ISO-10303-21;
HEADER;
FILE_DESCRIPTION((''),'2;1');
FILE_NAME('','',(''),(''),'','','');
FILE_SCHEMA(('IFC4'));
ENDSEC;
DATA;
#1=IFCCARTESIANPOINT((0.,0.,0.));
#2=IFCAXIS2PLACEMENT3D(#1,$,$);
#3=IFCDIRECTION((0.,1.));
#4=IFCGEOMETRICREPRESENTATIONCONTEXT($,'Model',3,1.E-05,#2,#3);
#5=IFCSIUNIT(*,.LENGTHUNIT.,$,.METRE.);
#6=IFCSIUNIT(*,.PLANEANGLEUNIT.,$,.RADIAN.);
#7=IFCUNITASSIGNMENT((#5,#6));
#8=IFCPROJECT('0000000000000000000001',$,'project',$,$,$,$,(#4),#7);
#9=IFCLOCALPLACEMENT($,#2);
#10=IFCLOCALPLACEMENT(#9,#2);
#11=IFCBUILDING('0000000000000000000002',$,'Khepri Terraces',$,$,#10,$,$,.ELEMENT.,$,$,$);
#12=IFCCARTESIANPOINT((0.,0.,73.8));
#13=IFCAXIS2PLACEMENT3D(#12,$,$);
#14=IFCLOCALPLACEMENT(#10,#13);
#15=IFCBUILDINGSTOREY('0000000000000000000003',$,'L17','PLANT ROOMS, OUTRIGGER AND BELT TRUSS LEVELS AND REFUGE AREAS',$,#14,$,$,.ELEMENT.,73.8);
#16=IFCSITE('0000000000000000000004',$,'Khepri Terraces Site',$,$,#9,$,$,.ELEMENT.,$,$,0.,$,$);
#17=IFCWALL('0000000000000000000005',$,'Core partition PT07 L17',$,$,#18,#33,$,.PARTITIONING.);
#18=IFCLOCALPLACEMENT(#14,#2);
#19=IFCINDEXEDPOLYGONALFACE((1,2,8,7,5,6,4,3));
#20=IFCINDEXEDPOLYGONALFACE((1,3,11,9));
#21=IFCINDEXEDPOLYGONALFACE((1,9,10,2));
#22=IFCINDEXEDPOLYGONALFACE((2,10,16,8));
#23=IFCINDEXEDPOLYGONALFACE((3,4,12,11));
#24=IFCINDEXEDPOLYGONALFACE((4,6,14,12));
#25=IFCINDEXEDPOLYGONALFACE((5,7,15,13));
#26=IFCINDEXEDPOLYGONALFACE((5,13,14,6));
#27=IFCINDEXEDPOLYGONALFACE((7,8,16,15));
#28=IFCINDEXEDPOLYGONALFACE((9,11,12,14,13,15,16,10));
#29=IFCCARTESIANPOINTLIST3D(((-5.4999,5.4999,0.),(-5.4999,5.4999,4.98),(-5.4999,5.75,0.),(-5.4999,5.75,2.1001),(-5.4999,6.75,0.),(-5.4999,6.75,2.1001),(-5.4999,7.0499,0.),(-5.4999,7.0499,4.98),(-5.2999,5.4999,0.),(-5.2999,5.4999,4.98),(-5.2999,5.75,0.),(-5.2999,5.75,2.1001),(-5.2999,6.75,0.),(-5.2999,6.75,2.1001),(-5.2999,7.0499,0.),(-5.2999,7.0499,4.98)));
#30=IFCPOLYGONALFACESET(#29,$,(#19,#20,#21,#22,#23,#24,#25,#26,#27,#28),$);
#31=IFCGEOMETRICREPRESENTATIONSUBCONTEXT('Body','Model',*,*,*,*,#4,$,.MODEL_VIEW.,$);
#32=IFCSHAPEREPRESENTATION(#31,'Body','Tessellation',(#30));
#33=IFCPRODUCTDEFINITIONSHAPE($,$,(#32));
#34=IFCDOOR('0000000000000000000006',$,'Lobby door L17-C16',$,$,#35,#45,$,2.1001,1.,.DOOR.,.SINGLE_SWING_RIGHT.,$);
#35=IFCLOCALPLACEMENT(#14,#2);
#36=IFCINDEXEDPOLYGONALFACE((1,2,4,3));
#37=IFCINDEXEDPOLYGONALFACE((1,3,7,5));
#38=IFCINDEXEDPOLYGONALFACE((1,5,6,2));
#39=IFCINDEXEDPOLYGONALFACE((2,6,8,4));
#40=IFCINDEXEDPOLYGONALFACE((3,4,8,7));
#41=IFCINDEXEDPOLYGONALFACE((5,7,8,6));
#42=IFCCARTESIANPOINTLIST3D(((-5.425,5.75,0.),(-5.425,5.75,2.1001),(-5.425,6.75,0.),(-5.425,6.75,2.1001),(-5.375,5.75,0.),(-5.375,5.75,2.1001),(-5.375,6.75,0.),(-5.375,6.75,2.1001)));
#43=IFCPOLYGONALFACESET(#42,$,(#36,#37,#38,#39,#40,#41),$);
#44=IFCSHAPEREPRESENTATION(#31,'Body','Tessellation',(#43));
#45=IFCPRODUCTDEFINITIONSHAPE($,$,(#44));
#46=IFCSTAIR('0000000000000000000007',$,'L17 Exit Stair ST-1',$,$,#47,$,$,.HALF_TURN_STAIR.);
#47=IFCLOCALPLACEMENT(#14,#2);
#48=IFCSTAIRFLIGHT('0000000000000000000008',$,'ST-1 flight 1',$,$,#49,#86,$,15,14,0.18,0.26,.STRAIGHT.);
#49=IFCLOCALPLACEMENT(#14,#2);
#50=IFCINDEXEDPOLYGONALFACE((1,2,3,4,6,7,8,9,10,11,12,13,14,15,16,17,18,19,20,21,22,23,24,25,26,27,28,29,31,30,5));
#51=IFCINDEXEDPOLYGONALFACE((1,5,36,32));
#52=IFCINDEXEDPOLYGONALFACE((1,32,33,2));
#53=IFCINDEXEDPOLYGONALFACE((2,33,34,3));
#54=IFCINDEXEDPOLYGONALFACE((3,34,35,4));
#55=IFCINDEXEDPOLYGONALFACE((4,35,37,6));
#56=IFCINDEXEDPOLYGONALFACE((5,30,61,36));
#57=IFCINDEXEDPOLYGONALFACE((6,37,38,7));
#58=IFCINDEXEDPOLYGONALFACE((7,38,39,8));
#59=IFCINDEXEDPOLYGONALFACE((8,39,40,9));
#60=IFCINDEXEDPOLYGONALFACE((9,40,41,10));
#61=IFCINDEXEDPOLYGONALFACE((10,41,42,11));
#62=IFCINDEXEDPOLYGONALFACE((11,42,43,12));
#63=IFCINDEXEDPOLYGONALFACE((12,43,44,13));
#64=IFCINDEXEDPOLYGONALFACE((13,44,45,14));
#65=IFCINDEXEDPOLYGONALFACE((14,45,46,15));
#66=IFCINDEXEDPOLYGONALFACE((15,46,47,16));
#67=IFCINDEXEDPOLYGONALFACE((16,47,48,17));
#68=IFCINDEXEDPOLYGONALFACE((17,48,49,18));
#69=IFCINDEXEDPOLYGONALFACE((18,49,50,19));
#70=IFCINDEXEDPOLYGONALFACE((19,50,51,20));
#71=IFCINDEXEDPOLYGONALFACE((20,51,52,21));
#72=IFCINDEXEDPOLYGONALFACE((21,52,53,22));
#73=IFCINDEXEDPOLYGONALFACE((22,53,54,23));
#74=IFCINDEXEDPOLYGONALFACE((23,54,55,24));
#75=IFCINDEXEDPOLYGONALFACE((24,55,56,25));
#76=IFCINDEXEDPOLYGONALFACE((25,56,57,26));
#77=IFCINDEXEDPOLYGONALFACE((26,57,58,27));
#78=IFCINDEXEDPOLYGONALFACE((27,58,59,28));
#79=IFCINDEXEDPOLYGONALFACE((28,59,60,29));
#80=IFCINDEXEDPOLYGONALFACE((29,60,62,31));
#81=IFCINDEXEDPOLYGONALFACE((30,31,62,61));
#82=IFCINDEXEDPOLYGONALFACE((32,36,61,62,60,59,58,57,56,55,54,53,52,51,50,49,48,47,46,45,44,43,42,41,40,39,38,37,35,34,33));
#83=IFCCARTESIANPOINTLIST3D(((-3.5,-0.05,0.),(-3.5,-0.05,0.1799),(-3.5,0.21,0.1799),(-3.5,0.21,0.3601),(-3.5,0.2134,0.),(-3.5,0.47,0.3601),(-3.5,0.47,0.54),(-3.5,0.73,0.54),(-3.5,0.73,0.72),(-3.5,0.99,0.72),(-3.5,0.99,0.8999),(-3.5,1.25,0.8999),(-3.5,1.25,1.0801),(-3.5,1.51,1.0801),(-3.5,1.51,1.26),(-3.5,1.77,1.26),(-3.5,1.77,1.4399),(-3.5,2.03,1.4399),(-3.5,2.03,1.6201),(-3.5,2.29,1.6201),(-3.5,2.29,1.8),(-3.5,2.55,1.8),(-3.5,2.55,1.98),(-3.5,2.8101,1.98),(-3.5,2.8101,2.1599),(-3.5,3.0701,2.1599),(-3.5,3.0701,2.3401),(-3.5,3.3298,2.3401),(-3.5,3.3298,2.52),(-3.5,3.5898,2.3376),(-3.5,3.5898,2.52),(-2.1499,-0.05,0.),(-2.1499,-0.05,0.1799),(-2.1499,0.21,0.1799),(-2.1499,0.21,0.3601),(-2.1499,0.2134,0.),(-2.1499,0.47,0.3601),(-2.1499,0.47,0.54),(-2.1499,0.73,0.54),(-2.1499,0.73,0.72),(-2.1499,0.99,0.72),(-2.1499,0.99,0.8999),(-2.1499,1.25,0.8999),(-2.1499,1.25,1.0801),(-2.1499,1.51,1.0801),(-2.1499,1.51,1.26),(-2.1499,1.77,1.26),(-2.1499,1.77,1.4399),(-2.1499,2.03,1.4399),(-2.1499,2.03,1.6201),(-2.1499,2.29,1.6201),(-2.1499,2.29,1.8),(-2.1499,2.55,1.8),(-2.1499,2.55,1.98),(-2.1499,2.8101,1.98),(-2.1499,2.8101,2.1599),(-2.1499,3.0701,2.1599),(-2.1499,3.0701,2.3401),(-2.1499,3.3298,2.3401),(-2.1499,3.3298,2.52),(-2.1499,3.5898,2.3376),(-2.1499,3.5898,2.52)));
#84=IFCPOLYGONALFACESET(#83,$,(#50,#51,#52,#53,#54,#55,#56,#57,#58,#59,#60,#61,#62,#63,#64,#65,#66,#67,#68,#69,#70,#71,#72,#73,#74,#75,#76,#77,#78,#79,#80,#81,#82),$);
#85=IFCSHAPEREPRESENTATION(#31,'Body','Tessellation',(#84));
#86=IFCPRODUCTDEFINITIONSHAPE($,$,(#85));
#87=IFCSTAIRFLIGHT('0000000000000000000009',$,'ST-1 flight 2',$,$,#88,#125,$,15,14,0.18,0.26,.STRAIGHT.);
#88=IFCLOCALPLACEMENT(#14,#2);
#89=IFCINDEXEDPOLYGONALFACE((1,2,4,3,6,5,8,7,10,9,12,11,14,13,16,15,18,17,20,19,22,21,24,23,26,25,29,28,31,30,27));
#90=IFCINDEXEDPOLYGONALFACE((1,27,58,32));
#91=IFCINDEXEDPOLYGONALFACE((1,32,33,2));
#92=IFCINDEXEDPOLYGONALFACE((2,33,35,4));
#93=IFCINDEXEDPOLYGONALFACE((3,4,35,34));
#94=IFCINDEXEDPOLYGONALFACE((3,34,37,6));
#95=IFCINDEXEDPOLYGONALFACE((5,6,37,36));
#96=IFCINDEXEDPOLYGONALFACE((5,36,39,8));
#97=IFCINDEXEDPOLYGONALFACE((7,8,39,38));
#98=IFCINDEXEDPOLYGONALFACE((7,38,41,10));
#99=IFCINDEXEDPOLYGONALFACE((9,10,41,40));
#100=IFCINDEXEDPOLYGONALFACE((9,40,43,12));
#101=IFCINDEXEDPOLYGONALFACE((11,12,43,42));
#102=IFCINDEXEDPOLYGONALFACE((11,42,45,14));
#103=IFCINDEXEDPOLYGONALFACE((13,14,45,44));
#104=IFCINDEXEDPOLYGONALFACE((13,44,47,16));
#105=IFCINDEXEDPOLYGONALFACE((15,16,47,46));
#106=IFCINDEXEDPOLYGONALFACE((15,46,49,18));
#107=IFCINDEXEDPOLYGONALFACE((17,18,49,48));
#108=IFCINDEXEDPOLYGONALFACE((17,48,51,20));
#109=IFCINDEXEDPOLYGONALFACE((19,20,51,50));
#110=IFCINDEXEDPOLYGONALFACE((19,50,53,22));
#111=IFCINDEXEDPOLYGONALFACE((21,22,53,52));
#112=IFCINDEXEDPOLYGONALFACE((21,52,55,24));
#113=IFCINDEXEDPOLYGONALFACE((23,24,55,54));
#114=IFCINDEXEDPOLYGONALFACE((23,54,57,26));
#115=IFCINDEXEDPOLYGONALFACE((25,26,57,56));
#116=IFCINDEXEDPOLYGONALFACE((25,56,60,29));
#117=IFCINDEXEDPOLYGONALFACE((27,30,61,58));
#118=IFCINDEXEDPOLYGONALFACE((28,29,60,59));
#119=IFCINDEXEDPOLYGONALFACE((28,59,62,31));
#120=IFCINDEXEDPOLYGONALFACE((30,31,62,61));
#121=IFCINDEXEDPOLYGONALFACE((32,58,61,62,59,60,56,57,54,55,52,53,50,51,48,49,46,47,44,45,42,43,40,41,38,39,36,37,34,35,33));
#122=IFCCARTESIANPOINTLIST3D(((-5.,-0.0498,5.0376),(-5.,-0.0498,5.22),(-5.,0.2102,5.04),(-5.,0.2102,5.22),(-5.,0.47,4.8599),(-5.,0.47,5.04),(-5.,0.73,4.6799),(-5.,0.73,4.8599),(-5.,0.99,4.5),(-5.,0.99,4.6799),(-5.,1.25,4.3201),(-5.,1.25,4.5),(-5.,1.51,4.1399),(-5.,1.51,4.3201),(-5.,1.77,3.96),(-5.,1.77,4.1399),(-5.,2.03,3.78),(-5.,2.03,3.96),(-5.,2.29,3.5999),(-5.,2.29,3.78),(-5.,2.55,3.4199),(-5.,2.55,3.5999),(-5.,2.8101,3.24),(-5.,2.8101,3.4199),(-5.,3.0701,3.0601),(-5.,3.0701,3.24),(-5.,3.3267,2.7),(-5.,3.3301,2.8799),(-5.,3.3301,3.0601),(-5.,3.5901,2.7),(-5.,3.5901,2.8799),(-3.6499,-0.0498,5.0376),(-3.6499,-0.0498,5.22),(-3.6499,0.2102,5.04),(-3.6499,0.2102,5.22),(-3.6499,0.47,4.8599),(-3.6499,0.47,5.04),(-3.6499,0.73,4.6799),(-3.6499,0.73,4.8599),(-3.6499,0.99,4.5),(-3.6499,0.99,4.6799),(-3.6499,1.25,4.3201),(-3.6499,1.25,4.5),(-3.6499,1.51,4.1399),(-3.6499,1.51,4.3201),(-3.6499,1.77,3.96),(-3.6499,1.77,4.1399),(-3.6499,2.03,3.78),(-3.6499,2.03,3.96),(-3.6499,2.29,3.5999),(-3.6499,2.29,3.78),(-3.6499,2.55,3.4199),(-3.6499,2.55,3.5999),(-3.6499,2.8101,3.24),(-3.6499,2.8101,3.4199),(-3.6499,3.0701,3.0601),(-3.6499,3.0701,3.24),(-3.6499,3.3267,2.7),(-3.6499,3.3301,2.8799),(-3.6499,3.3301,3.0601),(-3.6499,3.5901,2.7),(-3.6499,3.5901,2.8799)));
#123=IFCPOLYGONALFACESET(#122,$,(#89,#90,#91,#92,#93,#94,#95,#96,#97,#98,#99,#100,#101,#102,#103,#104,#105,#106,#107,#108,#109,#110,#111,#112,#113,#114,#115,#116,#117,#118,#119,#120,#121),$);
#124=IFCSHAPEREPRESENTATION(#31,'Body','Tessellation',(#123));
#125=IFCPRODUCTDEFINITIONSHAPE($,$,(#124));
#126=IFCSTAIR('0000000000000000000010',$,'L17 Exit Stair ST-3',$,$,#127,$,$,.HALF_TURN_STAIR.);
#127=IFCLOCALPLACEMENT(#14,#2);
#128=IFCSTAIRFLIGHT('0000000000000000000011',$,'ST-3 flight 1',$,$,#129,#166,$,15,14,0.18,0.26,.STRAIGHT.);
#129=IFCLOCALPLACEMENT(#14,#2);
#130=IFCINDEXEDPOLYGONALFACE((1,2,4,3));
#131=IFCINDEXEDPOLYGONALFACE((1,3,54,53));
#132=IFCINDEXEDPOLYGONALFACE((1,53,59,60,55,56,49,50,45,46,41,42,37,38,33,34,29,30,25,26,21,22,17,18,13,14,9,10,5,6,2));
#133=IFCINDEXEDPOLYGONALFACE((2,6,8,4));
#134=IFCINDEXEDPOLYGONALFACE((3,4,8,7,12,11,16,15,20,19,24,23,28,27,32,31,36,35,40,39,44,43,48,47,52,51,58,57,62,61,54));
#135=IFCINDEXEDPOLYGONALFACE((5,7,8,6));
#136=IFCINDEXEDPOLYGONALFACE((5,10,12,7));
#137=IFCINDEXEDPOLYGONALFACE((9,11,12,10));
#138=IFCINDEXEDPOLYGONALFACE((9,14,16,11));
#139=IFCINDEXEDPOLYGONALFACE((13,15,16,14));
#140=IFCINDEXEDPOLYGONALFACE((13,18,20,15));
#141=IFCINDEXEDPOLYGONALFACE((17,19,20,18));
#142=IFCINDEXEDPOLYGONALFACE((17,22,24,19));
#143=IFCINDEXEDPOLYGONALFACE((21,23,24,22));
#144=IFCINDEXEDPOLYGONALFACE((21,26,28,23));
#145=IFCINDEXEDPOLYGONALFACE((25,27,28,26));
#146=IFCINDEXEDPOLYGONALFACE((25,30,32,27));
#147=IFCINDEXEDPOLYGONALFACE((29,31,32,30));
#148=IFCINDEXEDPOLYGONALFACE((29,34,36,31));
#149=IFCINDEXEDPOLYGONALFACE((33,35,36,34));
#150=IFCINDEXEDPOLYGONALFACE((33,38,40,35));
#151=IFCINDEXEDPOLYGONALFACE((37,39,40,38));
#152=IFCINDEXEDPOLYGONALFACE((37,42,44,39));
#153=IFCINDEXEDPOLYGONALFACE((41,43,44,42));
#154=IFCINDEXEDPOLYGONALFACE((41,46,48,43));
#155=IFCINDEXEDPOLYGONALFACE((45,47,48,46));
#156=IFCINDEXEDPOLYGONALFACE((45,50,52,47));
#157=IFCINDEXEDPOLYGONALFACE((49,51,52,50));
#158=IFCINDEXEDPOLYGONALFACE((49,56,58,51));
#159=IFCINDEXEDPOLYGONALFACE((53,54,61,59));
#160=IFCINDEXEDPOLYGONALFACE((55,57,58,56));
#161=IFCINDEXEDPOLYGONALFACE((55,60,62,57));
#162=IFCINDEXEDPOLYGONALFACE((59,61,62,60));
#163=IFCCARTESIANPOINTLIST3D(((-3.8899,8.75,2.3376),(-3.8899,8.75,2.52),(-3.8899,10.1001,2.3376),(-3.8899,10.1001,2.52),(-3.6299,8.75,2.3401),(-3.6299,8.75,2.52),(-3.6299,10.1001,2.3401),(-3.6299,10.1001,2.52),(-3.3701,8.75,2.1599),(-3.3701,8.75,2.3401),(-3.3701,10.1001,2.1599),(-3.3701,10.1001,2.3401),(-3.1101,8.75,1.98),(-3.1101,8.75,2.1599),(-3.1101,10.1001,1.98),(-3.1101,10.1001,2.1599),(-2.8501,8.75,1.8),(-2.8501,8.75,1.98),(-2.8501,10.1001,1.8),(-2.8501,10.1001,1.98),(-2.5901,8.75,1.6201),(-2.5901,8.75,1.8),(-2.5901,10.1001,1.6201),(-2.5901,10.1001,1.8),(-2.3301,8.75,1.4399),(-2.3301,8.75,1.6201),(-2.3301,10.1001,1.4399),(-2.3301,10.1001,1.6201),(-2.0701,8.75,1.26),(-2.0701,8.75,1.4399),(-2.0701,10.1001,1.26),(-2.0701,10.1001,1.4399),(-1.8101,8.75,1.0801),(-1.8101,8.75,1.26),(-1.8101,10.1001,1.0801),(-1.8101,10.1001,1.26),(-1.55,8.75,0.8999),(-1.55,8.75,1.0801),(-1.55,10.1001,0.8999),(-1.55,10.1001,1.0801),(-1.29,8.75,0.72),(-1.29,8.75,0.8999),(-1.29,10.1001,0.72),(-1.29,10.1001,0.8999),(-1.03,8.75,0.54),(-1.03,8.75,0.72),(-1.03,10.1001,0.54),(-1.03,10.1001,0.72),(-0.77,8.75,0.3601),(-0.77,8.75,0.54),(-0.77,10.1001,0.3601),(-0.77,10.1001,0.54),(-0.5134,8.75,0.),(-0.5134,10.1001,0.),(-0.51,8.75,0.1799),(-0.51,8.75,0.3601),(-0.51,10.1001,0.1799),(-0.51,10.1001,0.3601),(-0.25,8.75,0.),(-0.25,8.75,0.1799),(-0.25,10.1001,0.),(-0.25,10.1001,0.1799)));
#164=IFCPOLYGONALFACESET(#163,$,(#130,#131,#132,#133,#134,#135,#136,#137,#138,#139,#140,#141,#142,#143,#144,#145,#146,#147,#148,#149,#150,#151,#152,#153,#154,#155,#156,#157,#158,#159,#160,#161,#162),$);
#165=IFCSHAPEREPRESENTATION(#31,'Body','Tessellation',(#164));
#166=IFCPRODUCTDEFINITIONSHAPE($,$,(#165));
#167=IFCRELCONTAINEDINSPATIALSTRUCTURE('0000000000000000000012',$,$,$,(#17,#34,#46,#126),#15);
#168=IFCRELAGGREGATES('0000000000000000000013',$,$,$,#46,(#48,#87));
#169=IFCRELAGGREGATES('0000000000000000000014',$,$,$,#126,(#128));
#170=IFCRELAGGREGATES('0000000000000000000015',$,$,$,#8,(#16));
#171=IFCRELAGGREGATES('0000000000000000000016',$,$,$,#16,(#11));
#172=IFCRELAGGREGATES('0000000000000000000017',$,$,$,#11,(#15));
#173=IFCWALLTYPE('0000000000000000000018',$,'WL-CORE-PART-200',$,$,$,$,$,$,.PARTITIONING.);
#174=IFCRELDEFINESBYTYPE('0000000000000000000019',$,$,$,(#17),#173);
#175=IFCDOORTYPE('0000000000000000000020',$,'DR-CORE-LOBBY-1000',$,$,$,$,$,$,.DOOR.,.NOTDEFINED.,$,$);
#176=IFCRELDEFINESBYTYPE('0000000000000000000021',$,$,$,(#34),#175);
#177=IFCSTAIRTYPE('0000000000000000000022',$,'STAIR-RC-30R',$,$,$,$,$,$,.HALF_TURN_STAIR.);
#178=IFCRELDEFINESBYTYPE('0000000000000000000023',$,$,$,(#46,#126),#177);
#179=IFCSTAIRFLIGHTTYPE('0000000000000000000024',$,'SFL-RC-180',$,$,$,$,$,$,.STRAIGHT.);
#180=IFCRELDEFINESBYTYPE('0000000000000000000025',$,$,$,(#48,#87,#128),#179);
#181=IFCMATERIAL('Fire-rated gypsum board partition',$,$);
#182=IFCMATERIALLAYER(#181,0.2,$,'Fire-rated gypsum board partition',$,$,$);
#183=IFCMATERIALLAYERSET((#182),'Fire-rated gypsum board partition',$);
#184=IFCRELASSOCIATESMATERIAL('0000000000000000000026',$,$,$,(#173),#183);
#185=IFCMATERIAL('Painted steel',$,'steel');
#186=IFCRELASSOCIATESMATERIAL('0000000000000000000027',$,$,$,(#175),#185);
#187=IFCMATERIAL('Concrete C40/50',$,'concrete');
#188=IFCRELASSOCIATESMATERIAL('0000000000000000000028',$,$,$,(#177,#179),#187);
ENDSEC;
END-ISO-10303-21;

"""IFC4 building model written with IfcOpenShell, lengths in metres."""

from ifc_helpers import new_model, si_unit, direction, frame, frame_2d, origin, place, context, subcontext, project, spatial, polyline, rectangle, outline, extrude, material, layer, layer_set, type_object, element, fill, aggregate, save


model = new_model("IFC4")

# Units and contexts
model_context = context("Model", 3, precision=1e-05, world=origin(), true_north=direction((0.0, 1.0)))
body_context = subcontext(model_context, "Body", "Model", "MODEL_VIEW")
ifc_project = project(units=[si_unit("LENGTHUNIT", "METRE"), si_unit("PLANEANGLEUNIT", "RADIAN")], contexts=[model_context])

# Site, building, storey
site_placement = place(None, origin())
site = spatial("IfcSite", under=ifc_project, at=site_placement, Name="Khepri Terraces Site", CompositionType="ELEMENT", RefElevation=0.0)
building_placement = place(site_placement, origin())
building = spatial("IfcBuilding", under=site, at=building_placement, Name="Khepri Terraces", CompositionType="ELEMENT")
storey_placement = place(building_placement, frame((0.0, 0.0, 73.8)))
storey = spatial("IfcBuildingStorey", under=building, at=storey_placement, Name="L17", Description="PLANT ROOMS, OUTRIGGER AND BELT TRUSS LEVELS AND REFUGE AREAS", CompositionType="ELEMENT", Elevation=73.8)

# Shared definitions
ifc_material_1 = material(Name="Painted steel", Category="steel")

# Wall, opening, door
ifc_material_2 = material(Name="Fire-rated gypsum board partition")
ifc_layer_1 = layer(ifc_material_2, 0.2, Name="Fire-rated gypsum board partition")
ifc_layer_set_1 = layer_set([ifc_layer_1], Name="Fire-rated gypsum board partition")
wall_type_1 = type_object("IfcWallType", Name="WL-CORE-PART-200", PredefinedType="PARTITIONING", material=ifc_layer_set_1)
wall_1_placement = place(storey_placement, frame((-5.3999, 5.5, 0.0), z_axis=(0.0, 0.0, 1.0), x_axis=(0.0, 1.0, 0.0)))
wall_1 = element("IfcWall", 1, at=wall_1_placement, inside=storey, type_object=wall_type_1, Name="Core partition PT07 L17", PredefinedType="PARTITIONING", context=body_context, shape_type="SweptSolid", body=[
    extrude(rectangle(XDim=1.55, YDim=0.2, at=frame_2d((0.7749, 0.0))), origin(), (0.0, 0.0, 1.0), 4.98),
])
opening_1_placement = place(wall_1_placement, frame((0.25, 0.0, 0.0)))
opening_1 = element("IfcOpeningElement", 2, at=opening_1_placement, cuts=wall_1, PredefinedType="OPENING", context=body_context, shape_type="SweptSolid", body=[
    extrude(rectangle(XDim=1.0, YDim=2.1001, at=frame_2d((0.5, 1.05))), frame((0.0, 0.1099, 0.0), z_axis=(0.0, -1.0, 0.0), x_axis=(1.0, 0.0, 0.0)), (0.0, 0.0, 1.0), 0.22),
])
door_type_1 = type_object("IfcDoorType", Name="DR-CORE-LOBBY-1000", OperationType="NOTDEFINED", PredefinedType="DOOR", material=ifc_material_1)
door_1_placement = place(opening_1_placement, frame((1.0, 0.0, 0.0), z_axis=(0.0, 0.0, 1.0), x_axis=(-1.0, 0.0, 0.0)))
door_1 = element("IfcDoor", 3, at=door_1_placement, inside=storey, type_object=door_type_1, Name="Lobby door L17-C16", OperationType="SINGLE_SWING_RIGHT", OverallHeight=2.1001, OverallWidth=1.0, PredefinedType="DOOR", context=body_context, shape_type="SweptSolid", body=[
    extrude(rectangle(XDim=1.0, YDim=2.1001, at=frame_2d((0.5, 1.05))), frame((0.0, 0.0249, 0.0), z_axis=(0.0, -1.0, 0.0), x_axis=(1.0, 0.0, 0.0)), (0.0, 0.0, 1.0), 0.05),
])
fill(opening_1, door_1)

# Stairs, stair flights
ifc_material_3 = material(Name="Concrete C40/50", Category="concrete")
stair_type = type_object("IfcStairType", Name="STAIR-RC-30R", PredefinedType="HALF_TURN_STAIR", material=ifc_material_3)
stair_1_placement = place(storey_placement, origin())
stair_1 = element("IfcStair", 4, at=stair_1_placement, inside=storey, type_object=stair_type, Name="L17 Exit Stair ST-1", PredefinedType="HALF_TURN_STAIR")
stair_flight_type = type_object("IfcStairFlightType", Name="SFL-RC-180", PredefinedType="STRAIGHT", material=ifc_material_3)
stair_flight_1_placement = place(storey_placement, frame((-2.825, -0.05, 0.0), z_axis=(0.0, 0.0, 1.0), x_axis=(0.0, 1.0, 0.0)))
stair_flight_1 = element("IfcStairFlight", 5, at=stair_flight_1_placement, type_object=stair_flight_type, Name="ST-1 flight 1", NumberOfRisers=15, NumberOfTreads=14, PredefinedType="STRAIGHT", RiserHeight=0.18, TreadLength=0.26, context=body_context, shape_type="SweptSolid", body=[
    extrude(outline(polyline([(0.0, 0.0), (0.0, 0.1799), (0.26, 0.1799), (0.26, 0.3601), (0.52, 0.3601), (0.52, 0.54), (0.78, 0.54), (0.78, 0.72), (1.04, 0.72), (1.04, 0.8999), (1.3, 0.8999), (1.3, 1.0801), (1.5601, 1.0801), (1.5601, 1.26), (1.8201, 1.26), (1.8201, 1.4399), (2.0801, 1.4399), (2.0801, 1.6201), (2.3401, 1.6201), (2.3401, 1.8), (2.6001, 1.8), (2.6001, 1.98), (2.8601, 1.98), (2.8601, 2.1599), (3.1201, 2.1599), (3.1201, 2.3401), (3.3799, 2.3401), (3.3799, 2.52), (3.6399, 2.52), (3.6399, 2.7), (3.6399, 2.3376), (0.2634, 0.0), (0.0, 0.0)])), frame((0.0, 0.675, 0.0), z_axis=(0.0, -1.0, 0.0), x_axis=(1.0, 0.0, 0.0)), (0.0, 0.0, 1.0), 1.3501),
])
stair_flight_2_placement = place(storey_placement, frame((-4.325, 3.5901, 2.7), z_axis=(0.0, 0.0, 1.0), x_axis=(0.0, -1.0, 0.0)))
stair_flight_2 = element("IfcStairFlight", 6, at=stair_flight_2_placement, type_object=stair_flight_type, Name="ST-1 flight 2", NumberOfRisers=15, NumberOfTreads=14, PredefinedType="STRAIGHT", RiserHeight=0.18, TreadLength=0.26, context=body_context, shape_type="SweptSolid", body=[
    extrude(outline(polyline([(0.0, 0.0), (0.0, 0.1799), (0.26, 0.1799), (0.26, 0.3601), (0.52, 0.3601), (0.52, 0.54), (0.78, 0.54), (0.78, 0.72), (1.04, 0.72), (1.04, 0.8999), (1.3, 0.8999), (1.3, 1.0801), (1.5601, 1.0801), (1.5601, 1.26), (1.8201, 1.26), (1.8201, 1.4399), (2.0801, 1.4399), (2.0801, 1.6201), (2.3401, 1.6201), (2.3401, 1.8), (2.6001, 1.8), (2.6001, 1.98), (2.8601, 1.98), (2.8601, 2.1599), (3.1201, 2.1599), (3.1201, 2.3401), (3.3799, 2.3401), (3.3799, 2.52), (3.6399, 2.52), (3.6399, 2.7), (3.6399, 2.3376), (0.2634, 0.0), (0.0, 0.0)])), frame((0.0, 0.675, 0.0), z_axis=(0.0, -1.0, 0.0), x_axis=(1.0, 0.0, 0.0)), (0.0, 0.0, 1.0), 1.3501),
])
aggregate(stair_1, [stair_flight_1, stair_flight_2])
stair_2_placement = place(storey_placement, origin())
stair_2 = element("IfcStair", 7, at=stair_2_placement, inside=storey, type_object=stair_type, Name="L17 Exit Stair ST-3", PredefinedType="HALF_TURN_STAIR")
stair_flight_3_placement = place(storey_placement, frame((-0.25, 9.425, 0.0), z_axis=(0.0, 0.0, 1.0), x_axis=(-1.0, 0.0, 0.0)))
stair_flight_3 = element("IfcStairFlight", 8, at=stair_flight_3_placement, type_object=stair_flight_type, Name="ST-3 flight 1", NumberOfRisers=15, NumberOfTreads=14, PredefinedType="STRAIGHT", RiserHeight=0.18, TreadLength=0.26, context=body_context, shape_type="SweptSolid", body=[
    extrude(outline(polyline([(0.0, 0.0), (0.0, 0.1799), (0.26, 0.1799), (0.26, 0.3601), (0.52, 0.3601), (0.52, 0.54), (0.78, 0.54), (0.78, 0.72), (1.04, 0.72), (1.04, 0.8999), (1.3, 0.8999), (1.3, 1.0801), (1.5601, 1.0801), (1.5601, 1.26), (1.8201, 1.26), (1.8201, 1.4399), (2.0801, 1.4399), (2.0801, 1.6201), (2.3401, 1.6201), (2.3401, 1.8), (2.6001, 1.8), (2.6001, 1.98), (2.8601, 1.98), (2.8601, 2.1599), (3.1201, 2.1599), (3.1201, 2.3401), (3.3799, 2.3401), (3.3799, 2.52), (3.6399, 2.52), (3.6399, 2.7), (3.6399, 2.3376), (0.2634, 0.0), (0.0, 0.0)])), frame((0.0, 0.675, 0.0), z_axis=(0.0, -1.0, 0.0), x_axis=(1.0, 0.0, 0.0)), (0.0, 0.0, 1.0), 1.3501),
])
aggregate(stair_2, [stair_flight_3])

save(model, "model.ifc")
